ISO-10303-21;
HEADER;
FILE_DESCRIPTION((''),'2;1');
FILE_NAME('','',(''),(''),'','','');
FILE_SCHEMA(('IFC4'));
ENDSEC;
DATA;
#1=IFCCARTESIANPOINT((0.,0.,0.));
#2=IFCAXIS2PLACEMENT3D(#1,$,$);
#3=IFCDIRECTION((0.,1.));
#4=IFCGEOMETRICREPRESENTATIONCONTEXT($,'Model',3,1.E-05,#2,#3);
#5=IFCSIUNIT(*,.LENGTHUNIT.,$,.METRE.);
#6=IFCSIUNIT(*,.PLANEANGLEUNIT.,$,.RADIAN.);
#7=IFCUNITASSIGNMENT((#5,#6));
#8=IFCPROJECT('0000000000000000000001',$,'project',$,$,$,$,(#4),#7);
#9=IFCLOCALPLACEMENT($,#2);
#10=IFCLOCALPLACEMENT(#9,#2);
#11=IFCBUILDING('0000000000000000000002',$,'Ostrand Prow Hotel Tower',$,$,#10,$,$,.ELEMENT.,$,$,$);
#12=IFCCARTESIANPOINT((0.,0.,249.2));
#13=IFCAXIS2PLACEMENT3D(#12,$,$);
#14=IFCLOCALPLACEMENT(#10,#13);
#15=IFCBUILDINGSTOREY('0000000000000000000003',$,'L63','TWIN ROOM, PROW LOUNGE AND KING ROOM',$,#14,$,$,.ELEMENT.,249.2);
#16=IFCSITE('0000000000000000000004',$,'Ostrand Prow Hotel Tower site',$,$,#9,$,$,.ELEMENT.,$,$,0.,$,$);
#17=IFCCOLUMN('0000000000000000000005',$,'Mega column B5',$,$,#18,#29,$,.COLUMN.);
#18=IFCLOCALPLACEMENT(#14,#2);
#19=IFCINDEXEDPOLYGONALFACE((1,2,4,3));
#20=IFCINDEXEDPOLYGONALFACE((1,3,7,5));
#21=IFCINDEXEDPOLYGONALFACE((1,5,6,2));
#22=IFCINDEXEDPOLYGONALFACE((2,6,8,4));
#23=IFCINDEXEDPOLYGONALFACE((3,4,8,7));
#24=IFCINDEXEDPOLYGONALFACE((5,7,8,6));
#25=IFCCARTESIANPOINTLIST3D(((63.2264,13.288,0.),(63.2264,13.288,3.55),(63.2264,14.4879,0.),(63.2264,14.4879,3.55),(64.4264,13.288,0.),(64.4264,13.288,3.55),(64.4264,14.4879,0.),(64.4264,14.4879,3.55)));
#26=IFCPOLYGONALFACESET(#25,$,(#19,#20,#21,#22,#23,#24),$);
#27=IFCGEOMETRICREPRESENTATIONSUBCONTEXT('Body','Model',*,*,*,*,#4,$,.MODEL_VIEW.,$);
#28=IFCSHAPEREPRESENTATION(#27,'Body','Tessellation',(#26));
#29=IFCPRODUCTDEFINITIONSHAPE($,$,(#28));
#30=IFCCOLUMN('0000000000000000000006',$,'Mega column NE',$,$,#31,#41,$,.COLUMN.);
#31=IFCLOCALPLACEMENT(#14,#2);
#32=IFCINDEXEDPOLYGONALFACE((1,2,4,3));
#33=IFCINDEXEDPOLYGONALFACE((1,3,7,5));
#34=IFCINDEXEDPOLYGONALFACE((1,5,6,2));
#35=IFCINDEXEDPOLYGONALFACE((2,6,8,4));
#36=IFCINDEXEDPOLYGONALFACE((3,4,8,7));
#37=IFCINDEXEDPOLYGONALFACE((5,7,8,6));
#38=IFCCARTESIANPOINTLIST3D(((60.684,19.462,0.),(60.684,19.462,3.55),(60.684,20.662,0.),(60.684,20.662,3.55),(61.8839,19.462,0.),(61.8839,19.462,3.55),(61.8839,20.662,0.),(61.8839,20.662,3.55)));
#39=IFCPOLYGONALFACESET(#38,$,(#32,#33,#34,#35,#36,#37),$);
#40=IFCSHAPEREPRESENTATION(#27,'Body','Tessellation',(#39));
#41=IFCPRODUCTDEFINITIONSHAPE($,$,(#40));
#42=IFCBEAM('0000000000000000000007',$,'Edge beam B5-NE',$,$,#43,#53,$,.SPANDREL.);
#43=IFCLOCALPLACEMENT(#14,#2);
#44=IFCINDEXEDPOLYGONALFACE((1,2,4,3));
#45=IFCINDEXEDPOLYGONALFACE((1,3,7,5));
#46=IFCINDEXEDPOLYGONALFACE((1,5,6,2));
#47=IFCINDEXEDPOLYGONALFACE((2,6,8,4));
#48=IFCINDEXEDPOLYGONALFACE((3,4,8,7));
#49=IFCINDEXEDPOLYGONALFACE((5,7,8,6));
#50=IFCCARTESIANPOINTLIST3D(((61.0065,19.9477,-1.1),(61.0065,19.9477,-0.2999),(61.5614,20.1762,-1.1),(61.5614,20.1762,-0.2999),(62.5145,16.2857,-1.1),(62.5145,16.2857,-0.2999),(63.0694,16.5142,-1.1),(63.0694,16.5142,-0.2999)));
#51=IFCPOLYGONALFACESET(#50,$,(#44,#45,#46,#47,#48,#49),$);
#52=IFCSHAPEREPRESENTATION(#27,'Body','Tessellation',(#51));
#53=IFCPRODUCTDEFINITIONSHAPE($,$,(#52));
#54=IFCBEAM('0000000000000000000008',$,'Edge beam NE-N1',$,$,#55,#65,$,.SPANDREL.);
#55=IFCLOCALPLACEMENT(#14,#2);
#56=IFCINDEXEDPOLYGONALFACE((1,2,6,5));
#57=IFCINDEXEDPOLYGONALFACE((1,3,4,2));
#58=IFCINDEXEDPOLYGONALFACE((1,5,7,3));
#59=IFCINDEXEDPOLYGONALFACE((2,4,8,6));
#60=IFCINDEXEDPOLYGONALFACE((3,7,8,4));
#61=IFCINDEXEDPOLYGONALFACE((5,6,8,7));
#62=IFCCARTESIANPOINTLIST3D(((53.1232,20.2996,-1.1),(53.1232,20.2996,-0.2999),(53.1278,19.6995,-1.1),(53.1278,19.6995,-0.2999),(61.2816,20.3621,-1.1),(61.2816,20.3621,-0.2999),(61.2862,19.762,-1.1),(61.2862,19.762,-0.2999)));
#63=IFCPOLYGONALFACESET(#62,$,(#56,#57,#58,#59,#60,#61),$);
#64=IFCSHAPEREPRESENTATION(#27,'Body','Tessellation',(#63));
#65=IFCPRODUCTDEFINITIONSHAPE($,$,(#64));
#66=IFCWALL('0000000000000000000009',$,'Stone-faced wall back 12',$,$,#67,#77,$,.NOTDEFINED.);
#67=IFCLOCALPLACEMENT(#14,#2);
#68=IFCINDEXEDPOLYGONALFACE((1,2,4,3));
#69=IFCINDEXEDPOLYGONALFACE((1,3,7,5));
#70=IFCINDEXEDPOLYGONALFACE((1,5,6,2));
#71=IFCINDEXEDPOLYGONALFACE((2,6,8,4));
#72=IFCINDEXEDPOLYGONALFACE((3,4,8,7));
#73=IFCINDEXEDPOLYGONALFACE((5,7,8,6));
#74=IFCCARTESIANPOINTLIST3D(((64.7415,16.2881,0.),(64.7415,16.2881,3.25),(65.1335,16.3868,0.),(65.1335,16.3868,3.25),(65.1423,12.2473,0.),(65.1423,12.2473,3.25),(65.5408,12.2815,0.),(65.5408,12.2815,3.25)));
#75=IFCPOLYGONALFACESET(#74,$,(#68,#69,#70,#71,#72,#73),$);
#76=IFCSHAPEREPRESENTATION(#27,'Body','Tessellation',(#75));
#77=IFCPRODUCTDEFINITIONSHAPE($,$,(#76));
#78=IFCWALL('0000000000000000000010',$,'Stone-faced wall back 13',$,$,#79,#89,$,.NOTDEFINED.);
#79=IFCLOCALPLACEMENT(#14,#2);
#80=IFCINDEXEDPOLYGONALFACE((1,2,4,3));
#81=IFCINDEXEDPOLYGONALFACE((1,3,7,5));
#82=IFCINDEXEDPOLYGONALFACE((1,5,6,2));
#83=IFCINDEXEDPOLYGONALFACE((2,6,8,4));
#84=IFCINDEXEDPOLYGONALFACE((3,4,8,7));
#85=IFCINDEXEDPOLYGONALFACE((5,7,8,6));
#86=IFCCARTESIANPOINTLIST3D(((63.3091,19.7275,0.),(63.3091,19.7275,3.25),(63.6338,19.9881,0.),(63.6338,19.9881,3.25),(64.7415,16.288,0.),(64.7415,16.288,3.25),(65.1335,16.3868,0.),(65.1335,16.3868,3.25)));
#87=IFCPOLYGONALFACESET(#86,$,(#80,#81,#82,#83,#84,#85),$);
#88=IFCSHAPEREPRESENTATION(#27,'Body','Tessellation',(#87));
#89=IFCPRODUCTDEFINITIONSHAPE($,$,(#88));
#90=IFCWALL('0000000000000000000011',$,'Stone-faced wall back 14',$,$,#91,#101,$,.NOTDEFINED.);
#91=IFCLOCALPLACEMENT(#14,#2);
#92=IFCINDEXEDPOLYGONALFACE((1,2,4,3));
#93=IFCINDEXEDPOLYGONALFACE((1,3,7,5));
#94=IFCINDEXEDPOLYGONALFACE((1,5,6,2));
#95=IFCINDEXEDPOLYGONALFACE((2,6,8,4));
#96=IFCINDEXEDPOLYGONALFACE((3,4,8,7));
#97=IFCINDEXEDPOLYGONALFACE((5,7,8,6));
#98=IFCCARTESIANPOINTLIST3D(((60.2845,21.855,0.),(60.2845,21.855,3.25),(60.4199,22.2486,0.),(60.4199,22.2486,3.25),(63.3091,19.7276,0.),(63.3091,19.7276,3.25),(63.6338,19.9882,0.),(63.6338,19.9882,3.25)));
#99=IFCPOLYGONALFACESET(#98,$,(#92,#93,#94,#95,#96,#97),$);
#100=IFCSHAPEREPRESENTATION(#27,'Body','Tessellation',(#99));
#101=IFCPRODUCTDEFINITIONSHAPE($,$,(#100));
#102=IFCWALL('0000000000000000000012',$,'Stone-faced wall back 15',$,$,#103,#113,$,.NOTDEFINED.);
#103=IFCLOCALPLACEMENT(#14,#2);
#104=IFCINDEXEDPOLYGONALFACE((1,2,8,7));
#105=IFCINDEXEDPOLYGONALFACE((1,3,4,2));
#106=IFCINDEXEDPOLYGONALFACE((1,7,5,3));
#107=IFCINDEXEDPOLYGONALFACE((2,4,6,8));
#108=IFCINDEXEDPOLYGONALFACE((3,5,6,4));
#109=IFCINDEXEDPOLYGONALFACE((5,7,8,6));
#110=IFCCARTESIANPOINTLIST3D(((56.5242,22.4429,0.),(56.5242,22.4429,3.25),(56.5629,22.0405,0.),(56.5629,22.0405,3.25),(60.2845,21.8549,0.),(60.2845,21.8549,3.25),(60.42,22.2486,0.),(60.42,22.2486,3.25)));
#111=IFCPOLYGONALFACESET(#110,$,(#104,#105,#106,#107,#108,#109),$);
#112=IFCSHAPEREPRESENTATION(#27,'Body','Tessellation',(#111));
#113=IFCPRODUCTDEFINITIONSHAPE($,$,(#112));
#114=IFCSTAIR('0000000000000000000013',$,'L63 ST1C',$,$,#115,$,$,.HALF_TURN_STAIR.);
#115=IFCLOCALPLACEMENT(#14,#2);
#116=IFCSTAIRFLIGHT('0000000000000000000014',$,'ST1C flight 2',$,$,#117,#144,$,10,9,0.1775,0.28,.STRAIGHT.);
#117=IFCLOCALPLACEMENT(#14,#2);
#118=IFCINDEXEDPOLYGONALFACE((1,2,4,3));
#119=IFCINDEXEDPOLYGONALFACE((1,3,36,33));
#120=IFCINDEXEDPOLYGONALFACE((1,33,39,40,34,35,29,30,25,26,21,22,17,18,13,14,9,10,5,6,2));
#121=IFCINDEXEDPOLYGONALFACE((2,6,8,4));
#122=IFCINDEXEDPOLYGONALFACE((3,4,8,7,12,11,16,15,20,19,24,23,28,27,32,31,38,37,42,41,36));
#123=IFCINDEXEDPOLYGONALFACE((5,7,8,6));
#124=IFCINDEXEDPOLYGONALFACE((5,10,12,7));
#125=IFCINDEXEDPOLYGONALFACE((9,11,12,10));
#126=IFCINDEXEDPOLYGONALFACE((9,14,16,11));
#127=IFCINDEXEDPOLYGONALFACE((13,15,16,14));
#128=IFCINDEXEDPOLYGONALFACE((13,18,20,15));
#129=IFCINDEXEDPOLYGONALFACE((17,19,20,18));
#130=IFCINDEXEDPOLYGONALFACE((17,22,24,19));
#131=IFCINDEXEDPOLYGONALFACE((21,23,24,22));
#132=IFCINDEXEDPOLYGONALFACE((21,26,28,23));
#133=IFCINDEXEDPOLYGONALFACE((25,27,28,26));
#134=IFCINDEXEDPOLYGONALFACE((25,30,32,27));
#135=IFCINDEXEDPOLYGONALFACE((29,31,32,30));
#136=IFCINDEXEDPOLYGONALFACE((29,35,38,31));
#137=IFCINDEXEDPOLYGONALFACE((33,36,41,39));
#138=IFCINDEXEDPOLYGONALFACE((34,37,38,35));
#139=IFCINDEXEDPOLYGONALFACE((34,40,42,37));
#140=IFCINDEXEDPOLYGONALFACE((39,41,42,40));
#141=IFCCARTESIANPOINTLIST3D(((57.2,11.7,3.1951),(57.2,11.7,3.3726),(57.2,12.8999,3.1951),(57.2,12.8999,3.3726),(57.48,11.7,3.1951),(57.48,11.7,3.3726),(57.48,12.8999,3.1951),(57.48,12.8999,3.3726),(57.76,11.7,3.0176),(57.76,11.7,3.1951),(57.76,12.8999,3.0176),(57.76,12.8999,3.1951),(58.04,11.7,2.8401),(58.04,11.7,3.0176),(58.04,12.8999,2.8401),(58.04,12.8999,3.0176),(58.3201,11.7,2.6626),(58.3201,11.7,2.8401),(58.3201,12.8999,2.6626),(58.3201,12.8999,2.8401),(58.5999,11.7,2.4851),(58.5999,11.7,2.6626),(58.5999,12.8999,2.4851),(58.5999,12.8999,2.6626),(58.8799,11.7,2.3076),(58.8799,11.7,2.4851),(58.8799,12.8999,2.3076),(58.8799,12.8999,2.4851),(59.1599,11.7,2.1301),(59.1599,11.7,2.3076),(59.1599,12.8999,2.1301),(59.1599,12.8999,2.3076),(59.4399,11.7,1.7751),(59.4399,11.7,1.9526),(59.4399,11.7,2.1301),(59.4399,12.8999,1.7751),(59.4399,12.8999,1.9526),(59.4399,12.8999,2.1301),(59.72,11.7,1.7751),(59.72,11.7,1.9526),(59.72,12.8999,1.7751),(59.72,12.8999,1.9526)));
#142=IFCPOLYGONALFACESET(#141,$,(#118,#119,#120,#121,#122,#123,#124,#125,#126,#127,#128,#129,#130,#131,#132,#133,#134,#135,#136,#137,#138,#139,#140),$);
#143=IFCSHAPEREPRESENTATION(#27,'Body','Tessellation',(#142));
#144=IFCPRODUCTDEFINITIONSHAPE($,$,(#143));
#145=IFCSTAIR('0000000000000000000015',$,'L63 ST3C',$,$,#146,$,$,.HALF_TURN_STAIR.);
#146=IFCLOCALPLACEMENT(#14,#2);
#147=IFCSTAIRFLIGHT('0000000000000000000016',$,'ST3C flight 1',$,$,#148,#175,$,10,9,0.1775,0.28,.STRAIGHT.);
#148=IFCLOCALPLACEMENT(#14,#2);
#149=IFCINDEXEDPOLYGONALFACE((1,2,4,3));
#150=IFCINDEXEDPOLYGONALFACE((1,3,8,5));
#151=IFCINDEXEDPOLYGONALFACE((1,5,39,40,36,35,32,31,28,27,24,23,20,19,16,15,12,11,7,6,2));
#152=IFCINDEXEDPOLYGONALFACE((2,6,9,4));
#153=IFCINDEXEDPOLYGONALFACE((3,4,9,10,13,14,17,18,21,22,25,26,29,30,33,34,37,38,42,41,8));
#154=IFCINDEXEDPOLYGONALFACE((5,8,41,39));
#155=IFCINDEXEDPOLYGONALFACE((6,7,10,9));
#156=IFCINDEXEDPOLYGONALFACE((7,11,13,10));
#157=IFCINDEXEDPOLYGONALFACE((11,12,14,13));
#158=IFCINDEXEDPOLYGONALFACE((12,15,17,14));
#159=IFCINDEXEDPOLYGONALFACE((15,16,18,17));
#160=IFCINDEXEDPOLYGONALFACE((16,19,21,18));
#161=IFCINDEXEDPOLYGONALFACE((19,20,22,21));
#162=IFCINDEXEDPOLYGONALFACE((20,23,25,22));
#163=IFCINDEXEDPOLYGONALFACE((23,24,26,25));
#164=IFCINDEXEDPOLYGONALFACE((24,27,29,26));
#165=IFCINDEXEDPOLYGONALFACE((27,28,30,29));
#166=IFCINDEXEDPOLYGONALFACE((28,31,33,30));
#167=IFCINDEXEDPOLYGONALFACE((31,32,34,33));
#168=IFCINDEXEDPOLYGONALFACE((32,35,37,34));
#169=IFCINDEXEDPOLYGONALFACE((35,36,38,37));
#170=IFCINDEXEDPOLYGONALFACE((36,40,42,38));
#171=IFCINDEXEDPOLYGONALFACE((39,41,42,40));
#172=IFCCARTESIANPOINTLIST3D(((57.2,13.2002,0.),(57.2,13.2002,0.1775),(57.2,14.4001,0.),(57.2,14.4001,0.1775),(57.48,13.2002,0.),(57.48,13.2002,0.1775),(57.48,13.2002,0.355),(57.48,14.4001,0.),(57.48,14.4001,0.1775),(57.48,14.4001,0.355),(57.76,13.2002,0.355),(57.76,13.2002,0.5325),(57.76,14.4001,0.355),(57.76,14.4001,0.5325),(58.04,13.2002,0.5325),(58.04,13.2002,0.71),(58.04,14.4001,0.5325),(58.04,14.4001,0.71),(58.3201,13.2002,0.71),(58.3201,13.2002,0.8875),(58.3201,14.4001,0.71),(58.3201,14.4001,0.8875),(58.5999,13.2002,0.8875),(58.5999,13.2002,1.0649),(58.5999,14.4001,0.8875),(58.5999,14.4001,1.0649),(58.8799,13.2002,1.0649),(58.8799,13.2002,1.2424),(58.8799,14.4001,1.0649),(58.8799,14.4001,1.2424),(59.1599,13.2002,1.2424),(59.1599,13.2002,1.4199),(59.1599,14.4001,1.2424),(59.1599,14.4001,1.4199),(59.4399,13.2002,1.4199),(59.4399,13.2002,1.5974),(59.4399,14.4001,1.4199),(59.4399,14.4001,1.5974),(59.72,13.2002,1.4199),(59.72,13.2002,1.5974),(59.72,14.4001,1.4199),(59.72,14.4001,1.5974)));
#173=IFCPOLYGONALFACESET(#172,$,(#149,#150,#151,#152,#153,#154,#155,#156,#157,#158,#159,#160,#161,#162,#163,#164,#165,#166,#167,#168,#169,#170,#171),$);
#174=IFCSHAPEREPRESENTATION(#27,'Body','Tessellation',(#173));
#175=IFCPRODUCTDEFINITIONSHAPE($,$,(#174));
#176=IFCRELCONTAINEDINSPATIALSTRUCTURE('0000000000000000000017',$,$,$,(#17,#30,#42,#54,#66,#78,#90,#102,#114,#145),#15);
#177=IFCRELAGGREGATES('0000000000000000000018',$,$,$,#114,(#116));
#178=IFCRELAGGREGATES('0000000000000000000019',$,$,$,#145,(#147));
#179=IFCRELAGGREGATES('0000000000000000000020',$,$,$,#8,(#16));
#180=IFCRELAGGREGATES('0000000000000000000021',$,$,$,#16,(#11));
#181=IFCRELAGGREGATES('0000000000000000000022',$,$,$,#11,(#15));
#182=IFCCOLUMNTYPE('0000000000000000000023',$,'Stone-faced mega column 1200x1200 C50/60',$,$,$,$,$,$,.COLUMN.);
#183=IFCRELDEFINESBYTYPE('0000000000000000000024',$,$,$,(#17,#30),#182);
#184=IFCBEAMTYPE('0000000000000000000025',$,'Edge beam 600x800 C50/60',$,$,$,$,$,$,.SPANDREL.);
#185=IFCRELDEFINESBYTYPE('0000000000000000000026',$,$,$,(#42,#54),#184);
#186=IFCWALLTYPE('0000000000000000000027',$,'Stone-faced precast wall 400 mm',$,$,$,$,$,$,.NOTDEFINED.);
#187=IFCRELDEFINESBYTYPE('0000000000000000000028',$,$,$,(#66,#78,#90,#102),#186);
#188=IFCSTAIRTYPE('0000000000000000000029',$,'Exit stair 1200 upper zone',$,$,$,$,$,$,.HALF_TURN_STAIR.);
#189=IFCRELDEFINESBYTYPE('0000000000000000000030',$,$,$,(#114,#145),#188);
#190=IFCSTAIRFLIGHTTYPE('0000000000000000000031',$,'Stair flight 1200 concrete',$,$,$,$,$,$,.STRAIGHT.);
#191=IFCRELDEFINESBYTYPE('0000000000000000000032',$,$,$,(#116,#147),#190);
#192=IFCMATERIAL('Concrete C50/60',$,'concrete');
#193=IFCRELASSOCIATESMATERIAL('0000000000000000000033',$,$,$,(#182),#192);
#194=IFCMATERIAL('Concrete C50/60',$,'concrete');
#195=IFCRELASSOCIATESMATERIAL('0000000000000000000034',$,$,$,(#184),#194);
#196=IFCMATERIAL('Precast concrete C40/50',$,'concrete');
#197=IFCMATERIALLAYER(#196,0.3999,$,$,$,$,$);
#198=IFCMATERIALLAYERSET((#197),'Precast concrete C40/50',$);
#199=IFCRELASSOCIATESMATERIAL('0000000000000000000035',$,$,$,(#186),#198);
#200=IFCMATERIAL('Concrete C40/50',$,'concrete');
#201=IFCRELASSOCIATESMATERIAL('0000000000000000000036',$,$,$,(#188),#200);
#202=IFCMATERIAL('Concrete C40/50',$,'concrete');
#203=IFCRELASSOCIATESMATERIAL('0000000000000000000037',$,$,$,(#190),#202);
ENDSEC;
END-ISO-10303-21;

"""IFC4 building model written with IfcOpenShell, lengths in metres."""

from ifc_helpers import new_model, si_unit, direction, frame, origin, origin_2d, place, context, subcontext, project, spatial, polyline, rectangle, outline, extrude, material, layer, layer_set, material_profile, profile_set, type_object, element, aggregate, save


model = new_model("IFC4")

# Units and contexts
model_context = context("Model", 3, precision=1e-05, world=origin(), true_north=direction((0.0, 1.0)))
body_context = subcontext(model_context, "Body", "Model", "MODEL_VIEW")
ifc_project = project(units=[si_unit("LENGTHUNIT", "METRE"), si_unit("PLANEANGLEUNIT", "RADIAN")], contexts=[model_context])

# Site, building, storey
site_placement = place(None, origin())
site = spatial("IfcSite", under=ifc_project, at=site_placement, Name="Ostrand Prow Hotel Tower site", CompositionType="ELEMENT", RefElevation=0.0)
building_placement = place(site_placement, origin())
building = spatial("IfcBuilding", under=site, at=building_placement, Name="Ostrand Prow Hotel Tower", CompositionType="ELEMENT")
storey_placement = place(building_placement, frame((0.0, 0.0, 249.2)))
storey = spatial("IfcBuildingStorey", under=building, at=storey_placement, Name="L63", Description="TWIN ROOM, PROW LOUNGE AND KING ROOM", CompositionType="ELEMENT", Elevation=249.2)

# Columns
ifc_material_1 = material(Name="Concrete C50/60", Category="concrete")
ifc_material_profile_1 = material_profile(ifc_material_1, rectangle(XDim=1.2, YDim=1.2, at=origin_2d()), Name="RC 1200x1200")
ifc_profile_set_1 = profile_set([ifc_material_profile_1], Name="Concrete C50/60")
column_type = type_object("IfcColumnType", Name="Stone-faced mega column 1200x1200 C50/60", PredefinedType="COLUMN", material=ifc_profile_set_1)
for number, where, z_axis, x_axis, name in (
    (1, (63.8264, 13.8879, 0.0), (0.0, 0.0, 1.0), (1.0, 0.0, 0.0), "Mega column B5"),
    (2, (61.2839, 20.062, 0.0), (0.0, 0.0, 1.0), (1.0, 0.0, 0.0), "Mega column NE"),
):
    element("IfcColumn", number, at=place(storey_placement, frame(where, z_axis=z_axis, x_axis=x_axis)), inside=storey, type_object=column_type, Name=name, PredefinedType="COLUMN", context=body_context, shape_type="SweptSolid", body=[
        extrude(rectangle(XDim=1.2, YDim=1.2, at=origin_2d()), origin(), (0.0, 0.0, 1.0), 3.55),
    ])

# Beams
ifc_material_2 = material(Name="Concrete C50/60", Category="concrete")
ifc_material_profile_2 = material_profile(ifc_material_2, rectangle(XDim=0.6001, YDim=0.8, at=origin_2d()), Name="RC 600x800")
ifc_profile_set_2 = profile_set([ifc_material_profile_2], Name="Concrete C50/60")
beam_type = type_object("IfcBeamType", Name="Edge beam 600x800 C50/60", PredefinedType="SPANDREL", material=ifc_profile_set_2)
beam_1_placement = place(storey_placement, frame((62.792, 16.3999, -0.7), z_axis=(-0.380778, 0.924667, 0.0), x_axis=(-0.924667, -0.380778, 0.0)))
element("IfcBeam", 3, at=beam_1_placement, inside=storey, type_object=beam_type, Name="Edge beam B5-NE", PredefinedType="SPANDREL", context=body_context, shape_type="SweptSolid", body=[
    extrude(rectangle(XDim=0.6001, YDim=0.8, at=origin_2d()), origin(), (0.0, 0.0, 1.0), 3.9604),
])
beam_2_placement = place(storey_placement, frame((61.2839, 20.062, -0.7), z_axis=(-0.999971, -0.007661, 0.0), x_axis=(0.007661, -0.999971, 0.0)))
element("IfcBeam", 4, at=beam_2_placement, inside=storey, type_object=beam_type, Name="Edge beam NE-N1", PredefinedType="SPANDREL", context=body_context, shape_type="SweptSolid", body=[
    extrude(rectangle(XDim=0.6001, YDim=0.8, at=origin_2d()), origin(), (0.0, 0.0, 1.0), 8.1587),
])

# Walls
ifc_material_3 = material(Name="Precast concrete C40/50", Category="concrete")
ifc_layer_1 = layer(ifc_material_3, 0.3999)
ifc_layer_set_1 = layer_set([ifc_layer_1], Name="Precast concrete C40/50")
wall_type = type_object("IfcWallType", Name="Stone-faced precast wall 400 mm", PredefinedType="NOTDEFINED", material=ifc_layer_set_1)
wall_1_placement = place(storey_placement, frame((65.3416, 12.2644, 0.0), z_axis=(0.0, 0.0, 1.0), x_axis=(-0.098718, 0.995115, 0.0)))
element("IfcWall", 5, at=wall_1_placement, inside=storey, type_object=wall_type, Name="Stone-faced wall back 12", PredefinedType="NOTDEFINED", context=body_context, shape_type="SweptSolid", body=[
    extrude(outline(polyline([(-0.0027, -0.2), (4.1228, -0.2), (4.0632, 0.2), (0.0027, 0.2), (-0.0027, -0.2)])), origin(), (0.0, 0.0, 1.0), 3.25),
])
wall_2_placement = place(storey_placement, frame((64.9375, 16.3374, 0.0), z_axis=(0.0, 0.0, 1.0), x_axis=(-0.384434, 0.923153, 0.0)))
element("IfcWall", 6, at=wall_2_placement, inside=storey, type_object=wall_type, Name="Stone-faced wall back 13", PredefinedType="NOTDEFINED", context=body_context, shape_type="SweptSolid", body=[
    extrude(outline(polyline([(-0.0298, -0.2), (3.8713, -0.2), (3.7556, 0.2), (0.0298, 0.2), (-0.0298, -0.2)])), origin(), (0.0, 0.0, 1.0), 3.25),
])
wall_3_placement = place(storey_placement, frame((63.4714, 19.8579, 0.0), z_axis=(0.0, 0.0, 1.0), x_axis=(-0.817943, 0.5753, 0.0)))
element("IfcWall", 7, at=wall_3_placement, inside=storey, type_object=wall_type, Name="Stone-faced wall back 14", PredefinedType="NOTDEFINED", context=body_context, shape_type="SweptSolid", body=[
    extrude(outline(polyline([(-0.0579, -0.2), (3.8713, -0.2), (3.7556, 0.2), (0.0579, 0.2), (-0.0579, -0.2)])), origin(), (0.0, 0.0, 1.0), 3.25),
])
wall_4_placement = place(storey_placement, frame((60.3523, 22.0518, 0.0), z_axis=(0.0, 0.0, 1.0), x_axis=(-0.998759, 0.049807, 0.0)))
element("IfcWall", 8, at=wall_4_placement, inside=storey, type_object=wall_type, Name="Stone-faced wall back 15", PredefinedType="NOTDEFINED", context=body_context, shape_type="SweptSolid", body=[
    extrude(outline(polyline([(-0.0579, -0.2), (3.8428, -0.2), (3.7842, 0.2), (0.0579, 0.2), (-0.0579, -0.2)])), origin(), (0.0, 0.0, 1.0), 3.25),
])

# Stair, stair flight
ifc_material_4 = material(Name="Concrete C40/50", Category="concrete")
stair_type = type_object("IfcStairType", Name="Exit stair 1200 upper zone", PredefinedType="HALF_TURN_STAIR", material=ifc_material_4)
stair_1_placement = place(storey_placement, origin())
stair_1 = element("IfcStair", 9, at=stair_1_placement, inside=storey, type_object=stair_type, Name="L63 ST1C", PredefinedType="HALF_TURN_STAIR")
ifc_material_5 = material(Name="Concrete C40/50", Category="concrete")
stair_flight_type = type_object("IfcStairFlightType", Name="Stair flight 1200 concrete", PredefinedType="STRAIGHT", material=ifc_material_5)
stair_flight_1_placement = place(storey_placement, frame((59.72, 12.3, 1.7751), z_axis=(0.0, 0.0, 1.0), x_axis=(-1.0, 0.0, 0.0)))
stair_flight_1 = element("IfcStairFlight", 10, at=stair_flight_1_placement, type_object=stair_flight_type, Name="ST1C flight 2", NumberOfRisers=10, NumberOfTreads=9, PredefinedType="STRAIGHT", RiserHeight=0.1775, TreadLength=0.28, context=body_context, shape_type="SweptSolid", body=[
    extrude(outline(polyline([(0.0, 0.0), (0.0, 0.1775), (0.28, 0.1775), (0.28, 0.355), (0.5601, 0.355), (0.5601, 0.5325), (0.8401, 0.5325), (0.8401, 0.71), (1.1201, 0.71), (1.1201, 0.8875), (1.3999, 0.8875), (1.3999, 1.0649), (1.6799, 1.0649), (1.6799, 1.2424), (1.96, 1.2424), (1.96, 1.4199), (2.24, 1.4199), (2.24, 1.5974), (2.52, 1.5974), (2.52, 1.7749), (2.52, 1.4199), (0.28, 0.0), (0.0, 0.0)])), frame((0.0, 0.6001, 0.0), z_axis=(0.0, -1.0, 0.0), x_axis=(1.0, 0.0, 0.0)), (0.0, 0.0, 1.0), 1.2),
])
aggregate(stair_1, [stair_flight_1])

# Stair, stair flight
stair_2_placement = place(storey_placement, origin())
stair_2 = element("IfcStair", 11, at=stair_2_placement, inside=storey, type_object=stair_type, Name="L63 ST3C", PredefinedType="HALF_TURN_STAIR")
stair_flight_2_placement = place(storey_placement, frame((57.2, 13.8, 0.0), z_axis=(0.0, 0.0, 1.0), x_axis=(1.0, 0.0, 0.0)))
stair_flight_2 = element("IfcStairFlight", 12, at=stair_flight_2_placement, type_object=stair_flight_type, Name="ST3C flight 1", NumberOfRisers=10, NumberOfTreads=9, PredefinedType="STRAIGHT", RiserHeight=0.1775, TreadLength=0.28, context=body_context, shape_type="SweptSolid", body=[
    extrude(outline(polyline([(0.0, 0.0), (0.0, 0.1775), (0.28, 0.1775), (0.28, 0.355), (0.5601, 0.355), (0.5601, 0.5325), (0.8401, 0.5325), (0.8401, 0.71), (1.1201, 0.71), (1.1201, 0.8875), (1.3999, 0.8875), (1.3999, 1.0649), (1.6799, 1.0649), (1.6799, 1.2424), (1.96, 1.2424), (1.96, 1.4199), (2.24, 1.4199), (2.24, 1.5974), (2.52, 1.5974), (2.52, 1.7749), (2.52, 1.4199), (0.28, 0.0), (0.0, 0.0)])), frame((0.0, 0.6001, 0.0), z_axis=(0.0, -1.0, 0.0), x_axis=(1.0, 0.0, 0.0)), (0.0, 0.0, 1.0), 1.2),
])
aggregate(stair_2, [stair_flight_2])

save(model, "model.ifc")
